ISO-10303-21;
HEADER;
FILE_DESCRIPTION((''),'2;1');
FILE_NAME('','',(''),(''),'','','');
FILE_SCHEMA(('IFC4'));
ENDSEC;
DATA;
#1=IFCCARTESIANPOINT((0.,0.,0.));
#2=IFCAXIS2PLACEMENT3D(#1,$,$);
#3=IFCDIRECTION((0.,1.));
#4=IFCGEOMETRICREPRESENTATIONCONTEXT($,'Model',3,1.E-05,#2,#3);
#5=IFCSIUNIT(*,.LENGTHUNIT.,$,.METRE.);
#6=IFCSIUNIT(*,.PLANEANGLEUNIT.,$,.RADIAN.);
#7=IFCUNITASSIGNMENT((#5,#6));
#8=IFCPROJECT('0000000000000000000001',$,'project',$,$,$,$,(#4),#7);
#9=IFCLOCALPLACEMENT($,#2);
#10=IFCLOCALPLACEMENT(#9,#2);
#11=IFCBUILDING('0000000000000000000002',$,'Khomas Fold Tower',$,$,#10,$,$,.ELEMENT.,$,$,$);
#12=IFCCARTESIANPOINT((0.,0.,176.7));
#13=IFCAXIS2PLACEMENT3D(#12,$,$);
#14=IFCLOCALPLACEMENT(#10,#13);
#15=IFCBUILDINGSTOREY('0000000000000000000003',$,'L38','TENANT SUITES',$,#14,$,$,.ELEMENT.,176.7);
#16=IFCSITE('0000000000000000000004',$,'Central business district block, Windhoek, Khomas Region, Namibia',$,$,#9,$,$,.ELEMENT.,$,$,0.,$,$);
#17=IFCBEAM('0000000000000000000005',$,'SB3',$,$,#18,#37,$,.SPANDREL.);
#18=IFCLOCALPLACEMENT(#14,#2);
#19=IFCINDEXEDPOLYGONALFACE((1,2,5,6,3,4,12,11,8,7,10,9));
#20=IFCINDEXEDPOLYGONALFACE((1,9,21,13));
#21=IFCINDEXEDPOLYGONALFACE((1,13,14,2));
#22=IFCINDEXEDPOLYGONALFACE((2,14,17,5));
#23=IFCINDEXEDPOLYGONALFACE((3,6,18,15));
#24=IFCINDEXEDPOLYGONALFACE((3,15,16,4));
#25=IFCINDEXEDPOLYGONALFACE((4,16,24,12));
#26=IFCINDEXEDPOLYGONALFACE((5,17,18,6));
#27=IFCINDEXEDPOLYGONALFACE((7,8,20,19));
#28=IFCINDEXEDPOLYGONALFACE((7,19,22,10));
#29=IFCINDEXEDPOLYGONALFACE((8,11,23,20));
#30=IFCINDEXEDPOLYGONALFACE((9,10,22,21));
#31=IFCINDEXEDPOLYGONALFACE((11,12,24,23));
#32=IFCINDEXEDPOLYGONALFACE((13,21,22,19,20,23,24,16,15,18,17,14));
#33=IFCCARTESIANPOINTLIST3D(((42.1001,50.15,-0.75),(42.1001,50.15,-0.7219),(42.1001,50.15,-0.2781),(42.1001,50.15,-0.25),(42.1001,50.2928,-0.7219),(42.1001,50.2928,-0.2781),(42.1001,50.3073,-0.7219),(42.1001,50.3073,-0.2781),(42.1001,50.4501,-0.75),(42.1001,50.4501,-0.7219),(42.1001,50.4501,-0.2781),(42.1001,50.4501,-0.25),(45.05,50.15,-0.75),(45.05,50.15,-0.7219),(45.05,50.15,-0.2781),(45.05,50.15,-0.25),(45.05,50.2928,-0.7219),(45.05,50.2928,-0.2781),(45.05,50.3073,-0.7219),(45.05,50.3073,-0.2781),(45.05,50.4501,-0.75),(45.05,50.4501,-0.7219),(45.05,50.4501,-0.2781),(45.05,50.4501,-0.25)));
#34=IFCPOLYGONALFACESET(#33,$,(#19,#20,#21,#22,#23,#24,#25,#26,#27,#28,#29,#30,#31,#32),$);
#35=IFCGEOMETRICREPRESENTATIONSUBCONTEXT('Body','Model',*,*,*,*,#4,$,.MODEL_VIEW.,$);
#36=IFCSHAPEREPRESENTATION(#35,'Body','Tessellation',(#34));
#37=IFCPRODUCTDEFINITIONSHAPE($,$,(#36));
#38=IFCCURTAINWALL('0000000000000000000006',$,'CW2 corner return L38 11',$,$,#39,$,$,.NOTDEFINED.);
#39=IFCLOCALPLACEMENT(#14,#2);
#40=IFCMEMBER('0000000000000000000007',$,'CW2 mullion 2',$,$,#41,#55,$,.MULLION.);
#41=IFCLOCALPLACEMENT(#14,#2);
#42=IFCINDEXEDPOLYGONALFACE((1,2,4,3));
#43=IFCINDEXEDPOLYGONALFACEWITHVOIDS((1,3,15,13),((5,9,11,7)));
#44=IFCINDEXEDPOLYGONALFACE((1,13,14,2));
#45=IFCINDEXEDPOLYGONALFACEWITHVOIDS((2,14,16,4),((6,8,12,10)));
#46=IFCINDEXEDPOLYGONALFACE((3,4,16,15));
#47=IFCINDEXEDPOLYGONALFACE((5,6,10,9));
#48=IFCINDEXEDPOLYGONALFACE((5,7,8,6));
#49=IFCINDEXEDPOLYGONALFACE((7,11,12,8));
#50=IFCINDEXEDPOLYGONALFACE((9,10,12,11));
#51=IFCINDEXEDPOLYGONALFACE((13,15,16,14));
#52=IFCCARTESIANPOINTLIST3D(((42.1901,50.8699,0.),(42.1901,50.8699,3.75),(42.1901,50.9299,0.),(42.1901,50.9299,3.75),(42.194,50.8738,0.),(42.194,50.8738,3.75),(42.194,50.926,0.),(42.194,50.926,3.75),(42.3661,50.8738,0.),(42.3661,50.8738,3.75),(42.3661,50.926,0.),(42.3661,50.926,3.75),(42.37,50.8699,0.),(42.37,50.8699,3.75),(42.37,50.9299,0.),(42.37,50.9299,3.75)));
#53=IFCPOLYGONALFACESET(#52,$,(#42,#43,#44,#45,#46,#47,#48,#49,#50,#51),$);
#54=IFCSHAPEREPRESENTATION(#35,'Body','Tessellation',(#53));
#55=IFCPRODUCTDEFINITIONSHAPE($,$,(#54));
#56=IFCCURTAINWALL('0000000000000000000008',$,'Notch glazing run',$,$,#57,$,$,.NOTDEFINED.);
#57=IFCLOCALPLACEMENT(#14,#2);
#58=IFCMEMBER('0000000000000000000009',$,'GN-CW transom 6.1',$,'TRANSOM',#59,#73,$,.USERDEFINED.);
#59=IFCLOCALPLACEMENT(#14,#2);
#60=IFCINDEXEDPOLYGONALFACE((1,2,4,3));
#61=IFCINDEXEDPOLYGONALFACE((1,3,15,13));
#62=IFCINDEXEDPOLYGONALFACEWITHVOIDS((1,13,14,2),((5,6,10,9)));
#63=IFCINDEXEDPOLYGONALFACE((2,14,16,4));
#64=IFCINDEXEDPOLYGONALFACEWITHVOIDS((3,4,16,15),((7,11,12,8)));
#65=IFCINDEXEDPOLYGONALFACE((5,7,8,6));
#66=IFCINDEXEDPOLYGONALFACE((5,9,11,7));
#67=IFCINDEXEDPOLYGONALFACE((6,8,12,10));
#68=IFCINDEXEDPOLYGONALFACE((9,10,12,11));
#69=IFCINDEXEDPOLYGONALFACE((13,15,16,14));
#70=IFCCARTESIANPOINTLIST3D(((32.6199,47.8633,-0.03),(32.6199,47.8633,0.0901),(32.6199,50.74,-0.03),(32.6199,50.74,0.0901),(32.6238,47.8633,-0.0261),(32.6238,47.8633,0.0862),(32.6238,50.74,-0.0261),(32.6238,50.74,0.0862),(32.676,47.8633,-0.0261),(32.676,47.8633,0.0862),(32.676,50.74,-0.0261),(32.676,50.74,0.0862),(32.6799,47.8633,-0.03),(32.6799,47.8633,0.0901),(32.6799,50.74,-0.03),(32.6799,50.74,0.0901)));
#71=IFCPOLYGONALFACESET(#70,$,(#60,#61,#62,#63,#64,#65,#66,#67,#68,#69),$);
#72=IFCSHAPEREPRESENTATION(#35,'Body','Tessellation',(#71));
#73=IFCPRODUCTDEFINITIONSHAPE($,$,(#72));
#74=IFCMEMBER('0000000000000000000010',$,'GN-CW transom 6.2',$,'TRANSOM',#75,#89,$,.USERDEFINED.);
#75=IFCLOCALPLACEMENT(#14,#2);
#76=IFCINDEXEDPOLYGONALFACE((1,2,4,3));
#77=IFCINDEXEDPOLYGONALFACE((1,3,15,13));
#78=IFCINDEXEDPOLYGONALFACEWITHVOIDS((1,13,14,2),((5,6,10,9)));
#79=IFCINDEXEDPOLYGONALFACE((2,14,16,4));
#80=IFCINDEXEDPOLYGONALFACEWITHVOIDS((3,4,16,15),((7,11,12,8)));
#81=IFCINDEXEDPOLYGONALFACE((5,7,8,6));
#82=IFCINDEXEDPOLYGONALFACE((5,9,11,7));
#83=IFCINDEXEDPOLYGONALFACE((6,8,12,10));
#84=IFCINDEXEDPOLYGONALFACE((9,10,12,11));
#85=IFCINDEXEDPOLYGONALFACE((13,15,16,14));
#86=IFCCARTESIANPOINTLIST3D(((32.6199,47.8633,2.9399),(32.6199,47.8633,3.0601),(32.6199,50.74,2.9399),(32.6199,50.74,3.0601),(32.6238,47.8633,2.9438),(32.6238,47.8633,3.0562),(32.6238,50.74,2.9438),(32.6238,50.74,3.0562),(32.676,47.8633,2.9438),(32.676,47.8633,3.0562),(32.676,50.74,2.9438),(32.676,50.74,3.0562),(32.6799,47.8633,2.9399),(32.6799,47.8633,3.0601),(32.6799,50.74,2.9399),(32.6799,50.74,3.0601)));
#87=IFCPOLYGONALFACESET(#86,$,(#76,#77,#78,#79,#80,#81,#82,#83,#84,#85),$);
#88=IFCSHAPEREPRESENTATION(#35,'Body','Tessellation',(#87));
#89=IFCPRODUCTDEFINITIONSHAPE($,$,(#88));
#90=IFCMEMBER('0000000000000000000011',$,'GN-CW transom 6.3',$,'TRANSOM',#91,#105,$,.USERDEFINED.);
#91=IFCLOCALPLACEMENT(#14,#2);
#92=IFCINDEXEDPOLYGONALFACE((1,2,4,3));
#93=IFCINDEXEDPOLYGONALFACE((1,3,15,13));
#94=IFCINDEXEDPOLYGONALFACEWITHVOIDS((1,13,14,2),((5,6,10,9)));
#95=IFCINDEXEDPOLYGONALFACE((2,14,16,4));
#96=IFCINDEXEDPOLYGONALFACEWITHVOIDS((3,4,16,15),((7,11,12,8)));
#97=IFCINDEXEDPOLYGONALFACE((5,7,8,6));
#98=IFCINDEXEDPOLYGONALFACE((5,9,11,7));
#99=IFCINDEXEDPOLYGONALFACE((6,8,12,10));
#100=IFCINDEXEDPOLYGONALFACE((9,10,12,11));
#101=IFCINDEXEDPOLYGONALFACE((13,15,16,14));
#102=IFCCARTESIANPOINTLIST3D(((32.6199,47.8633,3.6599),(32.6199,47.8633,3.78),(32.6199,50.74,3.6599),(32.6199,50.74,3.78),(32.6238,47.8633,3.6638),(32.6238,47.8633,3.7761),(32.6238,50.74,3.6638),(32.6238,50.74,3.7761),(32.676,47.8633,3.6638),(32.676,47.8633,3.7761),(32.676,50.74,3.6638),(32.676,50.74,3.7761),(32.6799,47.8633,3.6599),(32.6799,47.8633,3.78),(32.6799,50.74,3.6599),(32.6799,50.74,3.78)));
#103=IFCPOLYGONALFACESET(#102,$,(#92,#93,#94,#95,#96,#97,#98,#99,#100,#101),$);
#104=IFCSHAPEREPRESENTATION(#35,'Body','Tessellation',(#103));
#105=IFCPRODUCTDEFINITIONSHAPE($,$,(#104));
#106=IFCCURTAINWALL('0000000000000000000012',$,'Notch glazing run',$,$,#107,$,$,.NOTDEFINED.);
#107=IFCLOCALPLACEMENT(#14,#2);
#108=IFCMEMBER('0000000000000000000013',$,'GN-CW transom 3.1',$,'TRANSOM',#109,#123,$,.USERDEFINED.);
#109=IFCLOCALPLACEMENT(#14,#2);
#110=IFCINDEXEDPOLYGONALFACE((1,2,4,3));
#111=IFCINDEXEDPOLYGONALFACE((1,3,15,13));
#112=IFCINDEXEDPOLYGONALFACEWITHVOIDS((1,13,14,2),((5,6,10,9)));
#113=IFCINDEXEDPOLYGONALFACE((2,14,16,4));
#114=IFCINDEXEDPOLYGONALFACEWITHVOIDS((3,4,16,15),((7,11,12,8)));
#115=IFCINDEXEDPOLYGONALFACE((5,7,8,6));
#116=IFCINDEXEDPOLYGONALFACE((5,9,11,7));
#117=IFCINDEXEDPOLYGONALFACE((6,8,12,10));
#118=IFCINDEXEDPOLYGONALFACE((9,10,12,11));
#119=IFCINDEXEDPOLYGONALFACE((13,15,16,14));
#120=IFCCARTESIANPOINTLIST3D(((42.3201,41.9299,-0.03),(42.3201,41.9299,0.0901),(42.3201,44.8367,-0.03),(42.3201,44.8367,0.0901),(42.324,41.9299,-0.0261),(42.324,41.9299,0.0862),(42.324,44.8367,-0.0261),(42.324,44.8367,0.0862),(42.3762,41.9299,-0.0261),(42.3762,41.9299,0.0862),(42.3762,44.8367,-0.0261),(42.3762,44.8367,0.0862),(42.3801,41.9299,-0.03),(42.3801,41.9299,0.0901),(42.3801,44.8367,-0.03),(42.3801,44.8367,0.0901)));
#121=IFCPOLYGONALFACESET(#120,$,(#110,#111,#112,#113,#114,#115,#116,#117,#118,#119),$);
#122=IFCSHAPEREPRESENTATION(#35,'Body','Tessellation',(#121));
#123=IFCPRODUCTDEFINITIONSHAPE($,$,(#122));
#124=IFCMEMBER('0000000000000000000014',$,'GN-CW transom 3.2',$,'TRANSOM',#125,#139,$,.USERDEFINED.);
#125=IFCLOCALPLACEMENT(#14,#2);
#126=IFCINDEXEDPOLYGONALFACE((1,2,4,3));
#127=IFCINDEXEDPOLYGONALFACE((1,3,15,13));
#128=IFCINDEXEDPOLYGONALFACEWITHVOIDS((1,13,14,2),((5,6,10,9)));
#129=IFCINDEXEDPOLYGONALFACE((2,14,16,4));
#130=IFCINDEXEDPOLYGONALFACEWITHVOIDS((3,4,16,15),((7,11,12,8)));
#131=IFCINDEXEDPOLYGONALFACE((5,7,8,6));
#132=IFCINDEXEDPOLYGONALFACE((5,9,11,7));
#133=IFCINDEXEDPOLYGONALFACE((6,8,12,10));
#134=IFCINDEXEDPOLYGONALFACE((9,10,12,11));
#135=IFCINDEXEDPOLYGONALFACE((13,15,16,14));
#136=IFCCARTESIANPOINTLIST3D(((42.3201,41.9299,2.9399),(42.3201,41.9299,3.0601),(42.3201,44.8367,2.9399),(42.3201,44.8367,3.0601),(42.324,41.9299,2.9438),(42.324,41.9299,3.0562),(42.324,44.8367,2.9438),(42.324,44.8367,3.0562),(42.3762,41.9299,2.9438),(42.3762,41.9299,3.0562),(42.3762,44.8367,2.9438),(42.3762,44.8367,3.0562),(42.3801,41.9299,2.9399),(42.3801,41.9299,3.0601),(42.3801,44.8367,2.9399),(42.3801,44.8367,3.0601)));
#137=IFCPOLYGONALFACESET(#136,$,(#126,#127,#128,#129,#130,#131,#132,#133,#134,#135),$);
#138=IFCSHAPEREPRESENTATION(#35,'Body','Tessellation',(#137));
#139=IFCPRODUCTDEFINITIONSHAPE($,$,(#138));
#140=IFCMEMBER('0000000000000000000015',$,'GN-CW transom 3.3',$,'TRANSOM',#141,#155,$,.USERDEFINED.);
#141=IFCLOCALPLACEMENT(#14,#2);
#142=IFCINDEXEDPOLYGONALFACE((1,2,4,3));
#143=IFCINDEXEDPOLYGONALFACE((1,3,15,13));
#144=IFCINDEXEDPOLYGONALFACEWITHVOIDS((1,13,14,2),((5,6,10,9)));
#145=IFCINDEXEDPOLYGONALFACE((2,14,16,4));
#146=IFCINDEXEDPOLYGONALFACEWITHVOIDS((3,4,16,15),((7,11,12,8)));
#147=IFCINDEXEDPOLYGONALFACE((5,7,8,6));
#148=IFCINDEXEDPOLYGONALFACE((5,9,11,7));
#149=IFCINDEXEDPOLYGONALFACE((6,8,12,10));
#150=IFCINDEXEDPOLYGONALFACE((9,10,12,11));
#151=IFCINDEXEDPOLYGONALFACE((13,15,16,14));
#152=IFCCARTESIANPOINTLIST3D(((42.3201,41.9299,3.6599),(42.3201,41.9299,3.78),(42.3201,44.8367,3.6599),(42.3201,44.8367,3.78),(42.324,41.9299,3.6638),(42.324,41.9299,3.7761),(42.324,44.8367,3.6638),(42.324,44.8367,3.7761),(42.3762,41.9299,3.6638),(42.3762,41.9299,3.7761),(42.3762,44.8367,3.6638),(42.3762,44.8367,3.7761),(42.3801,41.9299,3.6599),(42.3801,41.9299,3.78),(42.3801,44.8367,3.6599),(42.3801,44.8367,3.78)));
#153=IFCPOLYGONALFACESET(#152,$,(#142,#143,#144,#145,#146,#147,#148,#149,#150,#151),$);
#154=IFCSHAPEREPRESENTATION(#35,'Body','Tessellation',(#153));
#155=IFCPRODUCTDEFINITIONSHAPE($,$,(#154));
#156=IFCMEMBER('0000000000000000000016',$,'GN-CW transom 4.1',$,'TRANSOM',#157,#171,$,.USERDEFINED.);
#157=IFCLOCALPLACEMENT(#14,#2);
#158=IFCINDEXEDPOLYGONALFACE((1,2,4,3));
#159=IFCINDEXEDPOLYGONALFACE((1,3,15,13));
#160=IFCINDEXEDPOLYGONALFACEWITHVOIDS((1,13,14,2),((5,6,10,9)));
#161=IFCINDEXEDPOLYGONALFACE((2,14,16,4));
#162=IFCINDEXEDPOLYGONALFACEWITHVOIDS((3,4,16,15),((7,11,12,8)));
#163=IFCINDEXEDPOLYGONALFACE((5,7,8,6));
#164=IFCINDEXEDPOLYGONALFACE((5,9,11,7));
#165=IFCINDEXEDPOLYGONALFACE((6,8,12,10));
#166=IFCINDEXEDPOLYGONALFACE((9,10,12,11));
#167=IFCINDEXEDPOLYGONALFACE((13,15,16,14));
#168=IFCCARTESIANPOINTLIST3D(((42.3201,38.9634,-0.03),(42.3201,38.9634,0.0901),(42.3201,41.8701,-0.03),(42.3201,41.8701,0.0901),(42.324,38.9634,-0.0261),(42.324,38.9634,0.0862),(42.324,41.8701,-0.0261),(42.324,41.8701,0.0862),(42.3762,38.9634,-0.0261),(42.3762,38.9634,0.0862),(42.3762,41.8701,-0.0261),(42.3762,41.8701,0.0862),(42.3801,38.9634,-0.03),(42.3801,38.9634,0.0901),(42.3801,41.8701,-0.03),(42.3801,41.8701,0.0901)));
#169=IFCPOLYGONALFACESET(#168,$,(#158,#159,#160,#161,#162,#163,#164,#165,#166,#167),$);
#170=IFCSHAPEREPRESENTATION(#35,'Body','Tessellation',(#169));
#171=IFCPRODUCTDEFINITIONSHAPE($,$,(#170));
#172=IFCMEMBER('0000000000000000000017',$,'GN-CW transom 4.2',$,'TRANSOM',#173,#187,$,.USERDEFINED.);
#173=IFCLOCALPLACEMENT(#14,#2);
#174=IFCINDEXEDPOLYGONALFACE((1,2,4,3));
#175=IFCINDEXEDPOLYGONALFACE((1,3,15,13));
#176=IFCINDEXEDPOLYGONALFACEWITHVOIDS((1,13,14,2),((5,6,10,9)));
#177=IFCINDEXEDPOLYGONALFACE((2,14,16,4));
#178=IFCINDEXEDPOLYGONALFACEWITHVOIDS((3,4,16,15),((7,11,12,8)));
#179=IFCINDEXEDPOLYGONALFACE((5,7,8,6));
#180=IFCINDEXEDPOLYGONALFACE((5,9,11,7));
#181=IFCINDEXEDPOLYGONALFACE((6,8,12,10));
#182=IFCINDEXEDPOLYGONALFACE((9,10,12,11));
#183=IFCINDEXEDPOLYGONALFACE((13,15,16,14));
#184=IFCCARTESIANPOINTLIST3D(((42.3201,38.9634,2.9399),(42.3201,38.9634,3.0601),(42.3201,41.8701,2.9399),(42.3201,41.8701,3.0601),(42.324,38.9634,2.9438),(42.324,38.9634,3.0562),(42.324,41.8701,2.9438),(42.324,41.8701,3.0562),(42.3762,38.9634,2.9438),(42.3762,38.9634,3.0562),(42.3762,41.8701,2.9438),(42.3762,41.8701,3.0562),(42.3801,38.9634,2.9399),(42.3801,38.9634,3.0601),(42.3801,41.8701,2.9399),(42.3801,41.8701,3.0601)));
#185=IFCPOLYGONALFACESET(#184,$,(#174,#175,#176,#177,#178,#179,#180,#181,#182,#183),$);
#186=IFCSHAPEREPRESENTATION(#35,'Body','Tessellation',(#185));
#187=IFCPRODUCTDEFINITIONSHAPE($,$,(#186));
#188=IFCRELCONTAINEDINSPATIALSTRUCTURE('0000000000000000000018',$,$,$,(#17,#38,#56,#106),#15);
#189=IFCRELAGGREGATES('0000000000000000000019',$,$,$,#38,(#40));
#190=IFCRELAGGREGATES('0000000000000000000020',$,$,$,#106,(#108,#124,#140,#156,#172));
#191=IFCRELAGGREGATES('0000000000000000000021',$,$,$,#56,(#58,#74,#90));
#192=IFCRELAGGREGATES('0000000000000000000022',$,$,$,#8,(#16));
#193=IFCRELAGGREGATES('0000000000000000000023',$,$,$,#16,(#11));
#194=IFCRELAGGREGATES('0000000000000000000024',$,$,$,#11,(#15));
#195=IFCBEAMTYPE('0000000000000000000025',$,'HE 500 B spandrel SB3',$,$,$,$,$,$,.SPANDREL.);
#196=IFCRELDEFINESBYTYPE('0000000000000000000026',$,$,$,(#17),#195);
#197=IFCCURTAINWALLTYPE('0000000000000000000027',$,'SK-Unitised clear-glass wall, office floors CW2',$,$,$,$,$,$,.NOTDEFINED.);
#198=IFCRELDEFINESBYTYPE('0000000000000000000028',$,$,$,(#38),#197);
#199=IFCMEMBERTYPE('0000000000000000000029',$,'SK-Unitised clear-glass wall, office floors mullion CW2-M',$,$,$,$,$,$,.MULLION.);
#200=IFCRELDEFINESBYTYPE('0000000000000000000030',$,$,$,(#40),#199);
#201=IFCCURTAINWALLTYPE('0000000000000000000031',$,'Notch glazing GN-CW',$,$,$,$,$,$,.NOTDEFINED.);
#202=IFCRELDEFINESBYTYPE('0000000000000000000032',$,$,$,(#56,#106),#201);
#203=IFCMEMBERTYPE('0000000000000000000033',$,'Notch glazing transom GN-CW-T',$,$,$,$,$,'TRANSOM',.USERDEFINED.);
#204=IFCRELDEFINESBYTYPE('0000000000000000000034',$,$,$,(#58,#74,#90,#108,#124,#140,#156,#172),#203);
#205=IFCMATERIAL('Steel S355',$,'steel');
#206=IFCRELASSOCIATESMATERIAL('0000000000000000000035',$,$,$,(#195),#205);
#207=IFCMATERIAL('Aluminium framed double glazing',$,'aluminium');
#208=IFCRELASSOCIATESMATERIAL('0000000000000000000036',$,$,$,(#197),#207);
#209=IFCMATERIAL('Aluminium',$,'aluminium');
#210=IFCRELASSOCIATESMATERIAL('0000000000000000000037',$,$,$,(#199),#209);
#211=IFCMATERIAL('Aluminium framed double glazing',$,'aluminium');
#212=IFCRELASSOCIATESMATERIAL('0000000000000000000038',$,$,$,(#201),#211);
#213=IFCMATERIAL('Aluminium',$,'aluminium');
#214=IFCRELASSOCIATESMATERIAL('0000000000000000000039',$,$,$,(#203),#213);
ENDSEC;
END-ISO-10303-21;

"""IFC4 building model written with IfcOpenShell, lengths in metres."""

from ifc_helpers import new_model, si_unit, direction, frame, origin, origin_2d, place, context, subcontext, project, spatial, hollow_rectangle, i_section, extrude, source, transform, mapped, material, material_profile, profile_set, type_object, element, aggregate, save


model = new_model("IFC4")

# Units and contexts
model_context = context("Model", 3, precision=1e-05, world=origin(), true_north=direction((0.0, 1.0)))
body_context = subcontext(model_context, "Body", "Model", "MODEL_VIEW")
ifc_project = project(units=[si_unit("LENGTHUNIT", "METRE"), si_unit("PLANEANGLEUNIT", "RADIAN")], contexts=[model_context])

# Site, building, storey
site_placement = place(None, origin())
site = spatial("IfcSite", under=ifc_project, at=site_placement, Name="Central business district block, Windhoek, Khomas Region, Namibia", CompositionType="ELEMENT", RefElevation=0.0)
building_placement = place(site_placement, origin())
building = spatial("IfcBuilding", under=site, at=building_placement, Name="Khomas Fold Tower", CompositionType="ELEMENT")
storey_placement = place(building_placement, frame((0.0, 0.0, 176.7)))
storey = spatial("IfcBuildingStorey", under=building, at=storey_placement, Name="L38", Description="TENANT SUITES", CompositionType="ELEMENT", Elevation=176.7)

# Beam
ifc_material_1 = material(Name="Steel S355", Category="steel")
ifc_material_profile_1 = material_profile(ifc_material_1, i_section(OverallWidth=0.3, OverallDepth=0.5, WebThickness=0.0144, FlangeThickness=0.0281, at=origin_2d()), Name="HE 500 B")
ifc_profile_set_1 = profile_set([ifc_material_profile_1], Name="Steel S355")
beam_type = type_object("IfcBeamType", Name="HE 500 B spandrel SB3", PredefinedType="SPANDREL", material=ifc_profile_set_1)
shared_shape_1 = source(origin(), body_context, "Body", "SweptSolid", [
    extrude(i_section(OverallWidth=0.3, OverallDepth=0.5, WebThickness=0.0144, FlangeThickness=0.0281, at=origin_2d()), origin(), (0.0, 0.0, 1.0), 2.95),
])
beam_placement = place(storey_placement, frame((42.1001, 50.3, -0.5), z_axis=(1.0, 0.0, 0.0), x_axis=(0.0, 1.0, 0.0)))
element("IfcBeam", 1, at=beam_placement, inside=storey, type_object=beam_type, Name="SB3", PredefinedType="SPANDREL", context=body_context, shape_type="MappedRepresentation", body=[
    mapped(shared_shape_1, transform((0.0, 0.0, 0.0))),
])

# Curtain wall, member
ifc_material_2 = material(Name="Aluminium framed double glazing", Category="aluminium")
curtain_wall_type_1 = type_object("IfcCurtainWallType", Name="SK-Unitised clear-glass wall, office floors CW2", PredefinedType="NOTDEFINED", material=ifc_material_2)
curtain_wall_1_placement = place(storey_placement, origin())
curtain_wall_1 = element("IfcCurtainWall", 2, at=curtain_wall_1_placement, inside=storey, type_object=curtain_wall_type_1, Name="CW2 corner return L38 11", PredefinedType="NOTDEFINED")
ifc_material_3 = material(Name="Aluminium", Category="aluminium")
ifc_material_profile_2 = material_profile(ifc_material_3, hollow_rectangle(XDim=0.0601, YDim=0.1799, WallThickness=0.0039, at=origin_2d()), Name="SK-Unitised clear-glass wall, office floors mullion CW2-M")
ifc_profile_set_2 = profile_set([ifc_material_profile_2], Name="Aluminium")
member_type_1 = type_object("IfcMemberType", Name="SK-Unitised clear-glass wall, office floors mullion CW2-M", PredefinedType="MULLION", material=ifc_profile_set_2)
shared_shape_2 = source(origin(), body_context, "Body", "SweptSolid", [
    extrude(hollow_rectangle(XDim=0.0601, YDim=0.1799, WallThickness=0.0039, at=origin_2d()), origin(), (0.0, 0.0, 1.0), 3.75),
])
member_1_placement = place(storey_placement, frame((42.28, 50.8999, 0.0), z_axis=(0.0, 0.0, 1.0), x_axis=(0.0, -1.0, 0.0)))
member_1 = element("IfcMember", 3, at=member_1_placement, type_object=member_type_1, Name="CW2 mullion 2", PredefinedType="MULLION", context=body_context, shape_type="MappedRepresentation", body=[
    mapped(shared_shape_2, transform((0.0, 0.0, 0.0))),
])
aggregate(curtain_wall_1, [member_1])

# Curtain walls, members
ifc_material_4 = material(Name="Aluminium framed double glazing", Category="aluminium")
curtain_wall_type_2 = type_object("IfcCurtainWallType", Name="Notch glazing GN-CW", PredefinedType="NOTDEFINED", material=ifc_material_4)
curtain_wall_2_placement = place(storey_placement, origin())
curtain_wall_2 = element("IfcCurtainWall", 4, at=curtain_wall_2_placement, inside=storey, type_object=curtain_wall_type_2, Name="Notch glazing run", PredefinedType="NOTDEFINED")
ifc_material_5 = material(Name="Aluminium", Category="aluminium")
ifc_material_profile_3 = material_profile(ifc_material_5, hollow_rectangle(XDim=0.0601, YDim=0.1201, WallThickness=0.0039, at=origin_2d()), Name="Notch glazing transom GN-CW-T")
ifc_profile_set_3 = profile_set([ifc_material_profile_3], Name="Aluminium")
member_type_2 = type_object("IfcMemberType", Name="Notch glazing transom GN-CW-T", ElementType="TRANSOM", PredefinedType="USERDEFINED", material=ifc_profile_set_3)
shared_shape_3 = source(origin(), body_context, "Body", "SweptSolid", [
    extrude(hollow_rectangle(XDim=0.0601, YDim=0.1201, WallThickness=0.0039, at=origin_2d()), origin(), (0.0, 0.0, 1.0), 2.8767),
])
member_2_placement = place(storey_placement, frame((32.6499, 47.8633, 0.03), z_axis=(0.0, 1.0, 0.0), x_axis=(-1.0, 0.0, 0.0)))
member_2 = element("IfcMember", 5, at=member_2_placement, type_object=member_type_2, Name="GN-CW transom 6.1", ObjectType="TRANSOM", PredefinedType="USERDEFINED", context=body_context, shape_type="MappedRepresentation", body=[
    mapped(shared_shape_3, transform((0.0, 0.0, 0.0))),
])
member_3_placement = place(storey_placement, frame((32.6499, 47.8633, 3.0), z_axis=(0.0, 1.0, 0.0), x_axis=(-1.0, 0.0, 0.0)))
member_3 = element("IfcMember", 6, at=member_3_placement, type_object=member_type_2, Name="GN-CW transom 6.2", ObjectType="TRANSOM", PredefinedType="USERDEFINED", context=body_context, shape_type="MappedRepresentation", body=[
    mapped(shared_shape_3, transform((0.0, 0.0, 0.0))),
])
member_4_placement = place(storey_placement, frame((32.6499, 47.8633, 3.72), z_axis=(0.0, 1.0, 0.0), x_axis=(-1.0, 0.0, 0.0)))
member_4 = element("IfcMember", 7, at=member_4_placement, type_object=member_type_2, Name="GN-CW transom 6.3", ObjectType="TRANSOM", PredefinedType="USERDEFINED", context=body_context, shape_type="MappedRepresentation", body=[
    mapped(shared_shape_3, transform((0.0, 0.0, 0.0))),
])
curtain_wall_3_placement = place(storey_placement, origin())
curtain_wall_3 = element("IfcCurtainWall", 8, at=curtain_wall_3_placement, inside=storey, type_object=curtain_wall_type_2, Name="Notch glazing run", PredefinedType="NOTDEFINED")
shared_shape_4 = source(origin(), body_context, "Body", "SweptSolid", [
    extrude(hollow_rectangle(XDim=0.0601, YDim=0.1201, WallThickness=0.0039, at=origin_2d()), origin(), (0.0, 0.0, 1.0), 2.9067),
])
member_5_placement = place(storey_placement, frame((42.3501, 44.8367, 0.03), z_axis=(0.0, -1.0, 0.0), x_axis=(1.0, 0.0, 0.0)))
member_5 = element("IfcMember", 9, at=member_5_placement, type_object=member_type_2, Name="GN-CW transom 3.1", ObjectType="TRANSOM", PredefinedType="USERDEFINED", context=body_context, shape_type="MappedRepresentation", body=[
    mapped(shared_shape_4, transform((0.0, 0.0, 0.0))),
])
member_6_placement = place(storey_placement, frame((42.3501, 44.8367, 3.0), z_axis=(0.0, -1.0, 0.0), x_axis=(1.0, 0.0, 0.0)))
member_6 = element("IfcMember", 10, at=member_6_placement, type_object=member_type_2, Name="GN-CW transom 3.2", ObjectType="TRANSOM", PredefinedType="USERDEFINED", context=body_context, shape_type="MappedRepresentation", body=[
    mapped(shared_shape_4, transform((0.0, 0.0, 0.0))),
])
member_7_placement = place(storey_placement, frame((42.3501, 44.8367, 3.72), z_axis=(0.0, -1.0, 0.0), x_axis=(1.0, 0.0, 0.0)))
member_7 = element("IfcMember", 11, at=member_7_placement, type_object=member_type_2, Name="GN-CW transom 3.3", ObjectType="TRANSOM", PredefinedType="USERDEFINED", context=body_context, shape_type="MappedRepresentation", body=[
    mapped(shared_shape_4, transform((0.0, 0.0, 0.0))),
])
member_8_placement = place(storey_placement, frame((42.3501, 41.8701, 0.03), z_axis=(0.0, -1.0, 0.0), x_axis=(1.0, 0.0, 0.0)))
member_8 = element("IfcMember", 12, at=member_8_placement, type_object=member_type_2, Name="GN-CW transom 4.1", ObjectType="TRANSOM", PredefinedType="USERDEFINED", context=body_context, shape_type="MappedRepresentation", body=[
    mapped(shared_shape_4, transform((0.0, 0.0, 0.0))),
])
member_9_placement = place(storey_placement, frame((42.3501, 41.8701, 3.0), z_axis=(0.0, -1.0, 0.0), x_axis=(1.0, 0.0, 0.0)))
member_9 = element("IfcMember", 13, at=member_9_placement, type_object=member_type_2, Name="GN-CW transom 4.2", ObjectType="TRANSOM", PredefinedType="USERDEFINED", context=body_context, shape_type="MappedRepresentation", body=[
    mapped(shared_shape_4, transform((0.0, 0.0, 0.0))),
])

aggregate(curtain_wall_3, [member_5, member_6, member_7, member_8, member_9])
aggregate(curtain_wall_2, [member_2, member_3, member_4])

save(model, "model.ifc")
